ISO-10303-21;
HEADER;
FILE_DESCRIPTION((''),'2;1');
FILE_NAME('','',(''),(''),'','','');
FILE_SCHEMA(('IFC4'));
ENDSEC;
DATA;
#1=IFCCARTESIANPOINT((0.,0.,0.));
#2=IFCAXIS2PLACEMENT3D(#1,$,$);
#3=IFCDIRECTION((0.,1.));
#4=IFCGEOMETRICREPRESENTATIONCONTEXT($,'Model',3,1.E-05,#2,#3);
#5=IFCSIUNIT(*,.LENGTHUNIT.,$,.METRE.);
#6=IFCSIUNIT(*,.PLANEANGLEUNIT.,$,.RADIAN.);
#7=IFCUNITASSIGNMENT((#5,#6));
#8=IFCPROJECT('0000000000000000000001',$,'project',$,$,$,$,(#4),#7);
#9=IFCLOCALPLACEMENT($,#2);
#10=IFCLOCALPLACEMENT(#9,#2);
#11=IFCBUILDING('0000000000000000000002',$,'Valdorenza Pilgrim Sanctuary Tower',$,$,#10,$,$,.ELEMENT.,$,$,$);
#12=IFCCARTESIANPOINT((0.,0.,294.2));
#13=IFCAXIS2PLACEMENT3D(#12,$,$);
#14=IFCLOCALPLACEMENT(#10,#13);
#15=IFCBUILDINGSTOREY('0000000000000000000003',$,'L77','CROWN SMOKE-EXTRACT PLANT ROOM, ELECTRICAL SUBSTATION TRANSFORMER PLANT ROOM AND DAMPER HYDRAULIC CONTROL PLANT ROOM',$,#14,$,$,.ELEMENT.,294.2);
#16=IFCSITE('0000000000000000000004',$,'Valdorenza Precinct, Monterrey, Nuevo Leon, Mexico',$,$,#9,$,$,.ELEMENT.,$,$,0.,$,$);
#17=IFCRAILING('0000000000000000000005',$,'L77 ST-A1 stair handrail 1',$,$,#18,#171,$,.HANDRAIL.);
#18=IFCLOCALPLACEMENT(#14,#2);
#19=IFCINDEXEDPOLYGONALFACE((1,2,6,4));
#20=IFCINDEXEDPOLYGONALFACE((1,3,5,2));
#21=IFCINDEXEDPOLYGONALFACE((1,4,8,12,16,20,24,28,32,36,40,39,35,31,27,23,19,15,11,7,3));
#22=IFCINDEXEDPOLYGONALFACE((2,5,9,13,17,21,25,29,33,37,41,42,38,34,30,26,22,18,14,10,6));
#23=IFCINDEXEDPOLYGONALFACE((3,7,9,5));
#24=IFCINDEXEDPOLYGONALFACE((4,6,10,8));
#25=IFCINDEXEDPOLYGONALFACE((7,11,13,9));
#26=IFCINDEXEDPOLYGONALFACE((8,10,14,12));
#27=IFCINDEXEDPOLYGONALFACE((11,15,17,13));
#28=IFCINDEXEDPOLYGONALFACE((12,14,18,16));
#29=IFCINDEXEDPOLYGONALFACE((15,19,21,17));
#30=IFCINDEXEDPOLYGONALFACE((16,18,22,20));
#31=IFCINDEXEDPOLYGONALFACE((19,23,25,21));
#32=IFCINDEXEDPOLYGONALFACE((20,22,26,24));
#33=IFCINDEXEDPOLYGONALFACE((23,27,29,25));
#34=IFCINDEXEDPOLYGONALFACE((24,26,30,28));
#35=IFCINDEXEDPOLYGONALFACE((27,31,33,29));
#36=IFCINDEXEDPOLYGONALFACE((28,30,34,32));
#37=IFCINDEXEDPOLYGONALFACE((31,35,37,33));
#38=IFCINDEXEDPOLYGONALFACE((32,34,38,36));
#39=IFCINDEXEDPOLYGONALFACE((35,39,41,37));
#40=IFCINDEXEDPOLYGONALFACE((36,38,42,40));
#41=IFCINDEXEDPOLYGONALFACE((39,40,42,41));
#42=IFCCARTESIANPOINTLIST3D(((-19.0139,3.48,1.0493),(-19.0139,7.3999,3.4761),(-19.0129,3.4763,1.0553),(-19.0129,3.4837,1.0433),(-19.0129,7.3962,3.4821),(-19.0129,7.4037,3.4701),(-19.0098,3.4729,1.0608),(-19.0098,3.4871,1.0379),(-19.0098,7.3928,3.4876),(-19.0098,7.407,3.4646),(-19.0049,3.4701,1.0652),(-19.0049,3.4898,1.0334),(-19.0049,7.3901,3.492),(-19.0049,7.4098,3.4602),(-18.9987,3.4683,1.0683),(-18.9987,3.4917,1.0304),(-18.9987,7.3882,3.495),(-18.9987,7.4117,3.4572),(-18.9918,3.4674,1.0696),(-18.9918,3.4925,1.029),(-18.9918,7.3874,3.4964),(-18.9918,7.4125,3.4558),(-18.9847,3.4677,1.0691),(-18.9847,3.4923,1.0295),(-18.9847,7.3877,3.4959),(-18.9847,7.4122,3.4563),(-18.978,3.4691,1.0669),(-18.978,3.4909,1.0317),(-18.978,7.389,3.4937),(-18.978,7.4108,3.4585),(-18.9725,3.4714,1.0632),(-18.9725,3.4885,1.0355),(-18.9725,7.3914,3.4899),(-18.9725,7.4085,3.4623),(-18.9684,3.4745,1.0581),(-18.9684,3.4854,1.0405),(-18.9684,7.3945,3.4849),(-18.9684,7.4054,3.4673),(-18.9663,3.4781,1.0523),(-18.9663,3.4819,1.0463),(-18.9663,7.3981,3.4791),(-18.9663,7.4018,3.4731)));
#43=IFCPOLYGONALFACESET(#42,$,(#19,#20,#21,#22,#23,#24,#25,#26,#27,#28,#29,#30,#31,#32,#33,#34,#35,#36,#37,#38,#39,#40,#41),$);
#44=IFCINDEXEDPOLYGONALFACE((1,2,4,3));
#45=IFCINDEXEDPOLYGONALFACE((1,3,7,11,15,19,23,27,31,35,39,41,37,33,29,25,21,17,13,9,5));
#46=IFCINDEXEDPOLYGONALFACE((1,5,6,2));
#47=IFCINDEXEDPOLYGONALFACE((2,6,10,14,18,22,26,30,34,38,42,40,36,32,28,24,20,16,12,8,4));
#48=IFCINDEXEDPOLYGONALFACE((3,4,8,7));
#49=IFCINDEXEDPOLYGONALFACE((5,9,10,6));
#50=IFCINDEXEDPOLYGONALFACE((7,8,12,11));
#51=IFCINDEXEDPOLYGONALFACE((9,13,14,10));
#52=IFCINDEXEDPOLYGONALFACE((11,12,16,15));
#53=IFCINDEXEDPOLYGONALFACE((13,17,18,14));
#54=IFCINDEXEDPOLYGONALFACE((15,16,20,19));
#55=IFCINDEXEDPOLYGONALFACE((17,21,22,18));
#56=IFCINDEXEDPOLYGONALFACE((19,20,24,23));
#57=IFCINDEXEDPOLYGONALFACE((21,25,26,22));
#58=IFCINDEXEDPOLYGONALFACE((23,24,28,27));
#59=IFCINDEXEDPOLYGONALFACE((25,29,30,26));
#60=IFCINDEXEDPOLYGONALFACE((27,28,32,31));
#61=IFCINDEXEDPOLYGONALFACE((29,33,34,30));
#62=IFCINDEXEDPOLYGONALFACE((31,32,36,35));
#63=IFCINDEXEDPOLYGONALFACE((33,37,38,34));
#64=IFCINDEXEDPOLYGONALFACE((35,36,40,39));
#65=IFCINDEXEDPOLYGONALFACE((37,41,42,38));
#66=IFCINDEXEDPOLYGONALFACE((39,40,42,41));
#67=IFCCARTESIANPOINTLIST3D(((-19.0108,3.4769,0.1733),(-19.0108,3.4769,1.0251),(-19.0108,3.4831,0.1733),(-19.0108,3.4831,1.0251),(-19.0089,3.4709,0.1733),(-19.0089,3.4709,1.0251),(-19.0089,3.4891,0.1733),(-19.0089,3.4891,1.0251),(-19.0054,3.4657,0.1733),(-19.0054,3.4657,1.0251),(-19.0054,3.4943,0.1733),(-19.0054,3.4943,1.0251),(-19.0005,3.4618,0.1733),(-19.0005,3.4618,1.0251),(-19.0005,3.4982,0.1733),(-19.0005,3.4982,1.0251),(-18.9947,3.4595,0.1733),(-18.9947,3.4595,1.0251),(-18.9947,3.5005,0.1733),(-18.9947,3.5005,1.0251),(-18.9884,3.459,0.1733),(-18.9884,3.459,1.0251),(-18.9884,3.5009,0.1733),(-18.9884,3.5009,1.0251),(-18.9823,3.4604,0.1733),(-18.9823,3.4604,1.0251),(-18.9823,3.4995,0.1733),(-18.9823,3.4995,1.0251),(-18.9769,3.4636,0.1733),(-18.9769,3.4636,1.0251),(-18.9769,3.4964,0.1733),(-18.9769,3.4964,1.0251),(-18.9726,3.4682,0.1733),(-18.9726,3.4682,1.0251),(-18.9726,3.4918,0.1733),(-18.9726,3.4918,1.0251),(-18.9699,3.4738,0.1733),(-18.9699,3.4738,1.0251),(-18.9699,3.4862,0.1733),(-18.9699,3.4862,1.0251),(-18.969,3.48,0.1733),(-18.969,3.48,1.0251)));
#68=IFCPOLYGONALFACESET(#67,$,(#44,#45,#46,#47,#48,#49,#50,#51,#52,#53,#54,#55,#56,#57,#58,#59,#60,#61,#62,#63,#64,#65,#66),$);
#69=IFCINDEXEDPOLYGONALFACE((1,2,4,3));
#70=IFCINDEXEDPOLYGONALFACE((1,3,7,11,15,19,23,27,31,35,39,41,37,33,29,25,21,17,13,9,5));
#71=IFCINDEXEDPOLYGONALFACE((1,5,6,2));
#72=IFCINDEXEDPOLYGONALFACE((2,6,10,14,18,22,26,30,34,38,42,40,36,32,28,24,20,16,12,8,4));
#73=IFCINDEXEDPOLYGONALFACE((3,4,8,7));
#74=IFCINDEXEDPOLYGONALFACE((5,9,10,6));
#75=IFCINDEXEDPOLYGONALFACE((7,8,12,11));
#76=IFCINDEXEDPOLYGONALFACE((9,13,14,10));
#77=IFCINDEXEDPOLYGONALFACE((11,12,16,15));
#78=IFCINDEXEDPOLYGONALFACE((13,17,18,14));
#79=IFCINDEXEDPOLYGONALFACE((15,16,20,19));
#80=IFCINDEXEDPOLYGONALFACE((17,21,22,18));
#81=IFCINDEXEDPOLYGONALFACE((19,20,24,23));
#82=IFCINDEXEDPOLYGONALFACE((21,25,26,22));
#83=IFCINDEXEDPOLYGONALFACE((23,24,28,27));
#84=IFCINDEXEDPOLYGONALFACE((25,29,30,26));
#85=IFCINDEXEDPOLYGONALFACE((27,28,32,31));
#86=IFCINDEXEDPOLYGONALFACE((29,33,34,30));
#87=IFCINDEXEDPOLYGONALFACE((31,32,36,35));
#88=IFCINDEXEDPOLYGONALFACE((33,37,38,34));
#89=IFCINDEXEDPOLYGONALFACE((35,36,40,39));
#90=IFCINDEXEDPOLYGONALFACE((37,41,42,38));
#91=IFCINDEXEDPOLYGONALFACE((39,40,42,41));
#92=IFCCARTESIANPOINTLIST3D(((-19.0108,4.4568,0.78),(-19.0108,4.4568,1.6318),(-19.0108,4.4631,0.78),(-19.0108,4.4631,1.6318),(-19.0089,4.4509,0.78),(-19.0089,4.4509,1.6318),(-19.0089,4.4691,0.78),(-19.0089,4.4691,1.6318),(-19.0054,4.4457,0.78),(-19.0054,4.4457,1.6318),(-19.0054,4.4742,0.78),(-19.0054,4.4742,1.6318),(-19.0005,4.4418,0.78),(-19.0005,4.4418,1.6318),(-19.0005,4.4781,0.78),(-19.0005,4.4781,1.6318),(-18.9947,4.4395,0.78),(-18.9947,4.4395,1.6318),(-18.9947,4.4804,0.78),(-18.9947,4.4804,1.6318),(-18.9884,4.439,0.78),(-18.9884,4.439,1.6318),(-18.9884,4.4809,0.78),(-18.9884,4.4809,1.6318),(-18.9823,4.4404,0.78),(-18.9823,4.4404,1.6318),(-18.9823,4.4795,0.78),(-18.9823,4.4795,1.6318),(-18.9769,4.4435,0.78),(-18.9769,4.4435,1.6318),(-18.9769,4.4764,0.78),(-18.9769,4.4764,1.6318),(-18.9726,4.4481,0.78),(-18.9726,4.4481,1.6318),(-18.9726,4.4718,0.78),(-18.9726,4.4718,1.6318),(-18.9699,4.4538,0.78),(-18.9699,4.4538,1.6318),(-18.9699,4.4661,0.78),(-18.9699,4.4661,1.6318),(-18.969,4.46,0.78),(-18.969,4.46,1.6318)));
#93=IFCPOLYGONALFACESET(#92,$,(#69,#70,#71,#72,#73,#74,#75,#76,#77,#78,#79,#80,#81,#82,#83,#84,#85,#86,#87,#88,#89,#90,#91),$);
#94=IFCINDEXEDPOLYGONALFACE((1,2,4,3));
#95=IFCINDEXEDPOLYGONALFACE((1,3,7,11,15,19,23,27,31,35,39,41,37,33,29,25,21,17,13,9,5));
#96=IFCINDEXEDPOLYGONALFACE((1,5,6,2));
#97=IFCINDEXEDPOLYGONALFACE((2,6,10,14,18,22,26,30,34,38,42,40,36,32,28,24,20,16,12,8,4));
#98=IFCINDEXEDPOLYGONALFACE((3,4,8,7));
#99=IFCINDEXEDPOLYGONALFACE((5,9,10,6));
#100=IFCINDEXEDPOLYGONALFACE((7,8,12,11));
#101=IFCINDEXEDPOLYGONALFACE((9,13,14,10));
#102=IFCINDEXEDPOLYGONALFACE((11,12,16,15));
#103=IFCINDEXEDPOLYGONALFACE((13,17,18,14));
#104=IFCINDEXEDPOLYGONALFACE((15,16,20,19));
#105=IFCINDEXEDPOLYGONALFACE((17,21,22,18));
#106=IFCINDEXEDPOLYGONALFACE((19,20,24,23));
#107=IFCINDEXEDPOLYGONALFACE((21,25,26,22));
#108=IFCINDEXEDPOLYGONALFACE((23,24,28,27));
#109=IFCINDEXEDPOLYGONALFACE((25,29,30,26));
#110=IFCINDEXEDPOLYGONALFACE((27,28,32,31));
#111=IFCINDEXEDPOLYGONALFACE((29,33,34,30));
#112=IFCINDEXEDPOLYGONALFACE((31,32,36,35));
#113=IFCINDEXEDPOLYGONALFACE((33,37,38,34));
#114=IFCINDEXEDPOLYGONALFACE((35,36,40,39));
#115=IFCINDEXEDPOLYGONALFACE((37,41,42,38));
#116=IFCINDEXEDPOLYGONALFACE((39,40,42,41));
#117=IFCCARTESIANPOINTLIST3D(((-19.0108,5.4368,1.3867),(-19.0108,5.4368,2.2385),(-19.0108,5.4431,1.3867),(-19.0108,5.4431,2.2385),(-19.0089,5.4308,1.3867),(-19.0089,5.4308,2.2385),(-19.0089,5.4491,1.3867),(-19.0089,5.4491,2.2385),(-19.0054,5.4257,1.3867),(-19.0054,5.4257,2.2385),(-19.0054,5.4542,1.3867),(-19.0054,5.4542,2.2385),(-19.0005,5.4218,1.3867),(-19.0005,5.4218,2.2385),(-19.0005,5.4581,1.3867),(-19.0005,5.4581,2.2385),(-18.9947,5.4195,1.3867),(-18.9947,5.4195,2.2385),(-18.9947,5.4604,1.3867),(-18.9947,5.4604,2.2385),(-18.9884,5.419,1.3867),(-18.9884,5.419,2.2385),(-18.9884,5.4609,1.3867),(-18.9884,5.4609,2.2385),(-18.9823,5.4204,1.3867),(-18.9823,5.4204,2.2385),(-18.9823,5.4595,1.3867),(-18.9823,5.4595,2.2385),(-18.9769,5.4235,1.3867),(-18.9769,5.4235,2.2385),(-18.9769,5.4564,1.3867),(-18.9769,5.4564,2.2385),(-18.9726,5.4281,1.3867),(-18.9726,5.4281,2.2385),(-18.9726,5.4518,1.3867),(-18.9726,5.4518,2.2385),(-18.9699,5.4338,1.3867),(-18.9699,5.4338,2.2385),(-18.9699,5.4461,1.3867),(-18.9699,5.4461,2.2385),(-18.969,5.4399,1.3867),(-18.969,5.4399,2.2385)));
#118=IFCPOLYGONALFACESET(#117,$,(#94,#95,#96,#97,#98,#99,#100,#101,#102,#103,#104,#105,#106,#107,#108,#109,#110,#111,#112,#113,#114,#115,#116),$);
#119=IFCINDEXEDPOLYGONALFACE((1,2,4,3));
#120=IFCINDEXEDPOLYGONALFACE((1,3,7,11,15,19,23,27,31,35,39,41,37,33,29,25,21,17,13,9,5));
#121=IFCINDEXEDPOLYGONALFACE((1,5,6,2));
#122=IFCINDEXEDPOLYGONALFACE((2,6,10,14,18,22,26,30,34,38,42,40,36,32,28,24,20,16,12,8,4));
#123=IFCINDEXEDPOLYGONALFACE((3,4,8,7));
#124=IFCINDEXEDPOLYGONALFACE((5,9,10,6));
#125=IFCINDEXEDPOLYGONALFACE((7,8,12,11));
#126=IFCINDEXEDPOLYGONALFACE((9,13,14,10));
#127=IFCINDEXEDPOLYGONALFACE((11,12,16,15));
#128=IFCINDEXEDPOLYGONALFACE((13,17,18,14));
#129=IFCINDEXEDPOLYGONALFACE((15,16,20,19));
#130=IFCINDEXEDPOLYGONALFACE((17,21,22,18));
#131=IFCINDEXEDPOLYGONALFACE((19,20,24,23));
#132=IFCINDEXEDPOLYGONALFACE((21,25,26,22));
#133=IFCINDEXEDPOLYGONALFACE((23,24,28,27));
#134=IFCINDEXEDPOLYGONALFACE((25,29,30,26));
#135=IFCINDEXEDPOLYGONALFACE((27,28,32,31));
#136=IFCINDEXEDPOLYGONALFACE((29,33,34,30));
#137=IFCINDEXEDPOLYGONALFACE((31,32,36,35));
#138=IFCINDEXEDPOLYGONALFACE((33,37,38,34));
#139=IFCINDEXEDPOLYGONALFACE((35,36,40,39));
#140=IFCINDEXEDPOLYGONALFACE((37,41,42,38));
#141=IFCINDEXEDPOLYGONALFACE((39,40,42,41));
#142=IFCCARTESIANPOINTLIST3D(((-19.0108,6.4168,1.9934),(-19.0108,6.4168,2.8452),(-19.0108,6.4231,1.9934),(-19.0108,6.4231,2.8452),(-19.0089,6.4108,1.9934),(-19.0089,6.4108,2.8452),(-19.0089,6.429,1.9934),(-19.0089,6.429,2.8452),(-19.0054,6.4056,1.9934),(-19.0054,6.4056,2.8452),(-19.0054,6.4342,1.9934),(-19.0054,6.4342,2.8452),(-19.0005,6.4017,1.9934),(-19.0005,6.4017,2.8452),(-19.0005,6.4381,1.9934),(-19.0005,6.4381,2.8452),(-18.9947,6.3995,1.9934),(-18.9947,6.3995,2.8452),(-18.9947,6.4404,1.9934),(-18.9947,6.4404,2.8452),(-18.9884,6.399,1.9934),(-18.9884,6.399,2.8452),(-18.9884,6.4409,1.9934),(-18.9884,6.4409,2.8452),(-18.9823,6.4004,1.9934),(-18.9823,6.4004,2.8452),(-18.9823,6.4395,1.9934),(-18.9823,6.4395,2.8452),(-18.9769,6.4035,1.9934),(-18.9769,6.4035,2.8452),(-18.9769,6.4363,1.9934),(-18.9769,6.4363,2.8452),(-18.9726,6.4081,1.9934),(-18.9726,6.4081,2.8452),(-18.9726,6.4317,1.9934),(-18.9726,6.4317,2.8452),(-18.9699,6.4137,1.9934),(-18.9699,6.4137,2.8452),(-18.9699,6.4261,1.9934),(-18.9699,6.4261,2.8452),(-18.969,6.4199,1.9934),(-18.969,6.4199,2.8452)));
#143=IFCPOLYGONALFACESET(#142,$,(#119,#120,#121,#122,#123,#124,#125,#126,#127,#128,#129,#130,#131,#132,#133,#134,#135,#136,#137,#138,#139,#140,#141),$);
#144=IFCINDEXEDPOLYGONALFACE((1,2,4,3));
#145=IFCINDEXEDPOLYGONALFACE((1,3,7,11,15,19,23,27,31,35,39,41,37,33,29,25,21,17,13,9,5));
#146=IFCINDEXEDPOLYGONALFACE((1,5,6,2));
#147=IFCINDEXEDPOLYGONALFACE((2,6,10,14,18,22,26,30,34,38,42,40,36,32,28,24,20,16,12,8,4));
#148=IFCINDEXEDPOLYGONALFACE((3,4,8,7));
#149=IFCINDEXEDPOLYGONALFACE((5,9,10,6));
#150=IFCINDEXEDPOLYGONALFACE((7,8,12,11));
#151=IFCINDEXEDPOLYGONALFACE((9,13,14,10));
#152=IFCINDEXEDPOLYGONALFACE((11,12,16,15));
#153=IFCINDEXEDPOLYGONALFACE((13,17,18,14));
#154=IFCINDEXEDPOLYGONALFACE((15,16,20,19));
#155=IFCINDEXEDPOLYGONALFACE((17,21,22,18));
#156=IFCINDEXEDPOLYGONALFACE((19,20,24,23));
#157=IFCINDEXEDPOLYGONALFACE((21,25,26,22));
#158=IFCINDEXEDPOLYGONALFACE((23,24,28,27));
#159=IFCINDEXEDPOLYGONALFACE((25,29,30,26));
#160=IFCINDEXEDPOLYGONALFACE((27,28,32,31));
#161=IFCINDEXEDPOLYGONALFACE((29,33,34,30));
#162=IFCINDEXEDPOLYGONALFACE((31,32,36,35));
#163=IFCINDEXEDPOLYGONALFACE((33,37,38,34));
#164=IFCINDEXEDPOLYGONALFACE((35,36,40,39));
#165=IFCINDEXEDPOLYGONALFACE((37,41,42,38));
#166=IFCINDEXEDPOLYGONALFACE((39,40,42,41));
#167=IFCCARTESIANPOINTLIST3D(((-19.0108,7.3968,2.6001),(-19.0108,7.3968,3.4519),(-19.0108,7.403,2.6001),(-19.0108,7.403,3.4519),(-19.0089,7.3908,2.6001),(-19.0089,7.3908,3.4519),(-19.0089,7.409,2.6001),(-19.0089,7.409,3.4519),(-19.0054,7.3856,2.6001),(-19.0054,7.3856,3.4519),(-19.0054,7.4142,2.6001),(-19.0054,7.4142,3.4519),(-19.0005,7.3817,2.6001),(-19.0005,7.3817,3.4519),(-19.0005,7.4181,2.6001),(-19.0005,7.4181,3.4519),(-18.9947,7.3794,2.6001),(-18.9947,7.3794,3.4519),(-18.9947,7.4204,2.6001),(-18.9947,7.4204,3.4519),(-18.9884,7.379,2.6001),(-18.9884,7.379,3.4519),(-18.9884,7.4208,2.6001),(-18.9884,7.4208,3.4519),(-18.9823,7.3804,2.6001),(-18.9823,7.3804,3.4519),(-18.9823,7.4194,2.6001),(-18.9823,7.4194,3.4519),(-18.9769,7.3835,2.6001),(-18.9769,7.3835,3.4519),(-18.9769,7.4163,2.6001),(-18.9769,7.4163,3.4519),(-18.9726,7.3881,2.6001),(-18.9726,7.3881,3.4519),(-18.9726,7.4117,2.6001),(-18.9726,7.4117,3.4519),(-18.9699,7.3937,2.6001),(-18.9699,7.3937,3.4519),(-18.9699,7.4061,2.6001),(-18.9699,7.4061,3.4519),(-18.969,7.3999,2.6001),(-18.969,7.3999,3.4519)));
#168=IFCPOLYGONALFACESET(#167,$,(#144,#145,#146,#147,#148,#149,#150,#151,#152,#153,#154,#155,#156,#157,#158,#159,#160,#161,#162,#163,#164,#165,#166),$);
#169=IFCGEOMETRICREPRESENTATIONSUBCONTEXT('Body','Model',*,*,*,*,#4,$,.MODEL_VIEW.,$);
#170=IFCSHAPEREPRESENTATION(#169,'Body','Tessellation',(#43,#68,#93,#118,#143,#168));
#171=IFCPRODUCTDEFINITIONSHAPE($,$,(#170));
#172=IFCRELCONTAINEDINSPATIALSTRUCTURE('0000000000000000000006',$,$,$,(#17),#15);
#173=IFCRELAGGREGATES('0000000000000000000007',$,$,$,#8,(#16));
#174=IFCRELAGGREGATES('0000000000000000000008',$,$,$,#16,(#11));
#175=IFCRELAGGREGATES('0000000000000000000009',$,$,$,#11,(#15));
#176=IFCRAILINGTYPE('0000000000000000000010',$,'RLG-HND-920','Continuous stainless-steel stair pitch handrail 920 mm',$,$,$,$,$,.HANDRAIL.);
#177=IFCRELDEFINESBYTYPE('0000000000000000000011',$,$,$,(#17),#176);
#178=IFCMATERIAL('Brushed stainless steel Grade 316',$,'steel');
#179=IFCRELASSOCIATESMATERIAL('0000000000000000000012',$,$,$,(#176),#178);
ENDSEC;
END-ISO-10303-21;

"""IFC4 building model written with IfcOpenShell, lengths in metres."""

from ifc_helpers import new_model, si_unit, direction, frame, origin, origin_2d, place, context, subcontext, project, spatial, circle, extrude, material, type_object, element, save


model = new_model("IFC4")

# Units and contexts
model_context = context("Model", 3, precision=1e-05, world=origin(), true_north=direction((0.0, 1.0)))
body_context = subcontext(model_context, "Body", "Model", "MODEL_VIEW")
ifc_project = project(units=[si_unit("LENGTHUNIT", "METRE"), si_unit("PLANEANGLEUNIT", "RADIAN")], contexts=[model_context])

# Site, building, storey
site_placement = place(None, origin())
site = spatial("IfcSite", under=ifc_project, at=site_placement, Name="Valdorenza Precinct, Monterrey, Nuevo Leon, Mexico", CompositionType="ELEMENT", RefElevation=0.0)
building_placement = place(site_placement, origin())
building = spatial("IfcBuilding", under=site, at=building_placement, Name="Valdorenza Pilgrim Sanctuary Tower", CompositionType="ELEMENT")
storey_placement = place(building_placement, frame((0.0, 0.0, 294.2)))
storey = spatial("IfcBuildingStorey", under=building, at=storey_placement, Name="L77", Description="CROWN SMOKE-EXTRACT PLANT ROOM, ELECTRICAL SUBSTATION TRANSFORMER PLANT ROOM AND DAMPER HYDRAULIC CONTROL PLANT ROOM", CompositionType="ELEMENT", Elevation=294.2)

# Shared definitions
ifc_material_1 = material(Name="Brushed stainless steel Grade 316", Category="steel")

# Railing
railing_type_1 = type_object("IfcRailingType", Name="RLG-HND-920", Description="Continuous stainless-steel stair pitch handrail 920 mm", PredefinedType="HANDRAIL", material=ifc_material_1)
railing_1_placement = place(storey_placement, frame((-18.99, 3.48, 0.1733)))
element("IfcRailing", 1, at=railing_1_placement, inside=storey, type_object=railing_type_1, Name="L77 ST-A1 stair handrail 1", PredefinedType="HANDRAIL", context=body_context, shape_type="SweptSolid", body=[
    extrude(circle(Radius=0.0239, at=origin_2d()), frame((0.0, 0.0, 0.876), z_axis=(0.0, 0.850252, 0.526376), x_axis=(-1.0, 0.0, 0.0)), (0.0, 0.0, 1.0), 4.6104),
    extrude(circle(Radius=0.021, at=origin_2d()), origin(), (0.0, 0.0, 1.0), 0.8518),
    extrude(circle(Radius=0.021, at=origin_2d()), frame((0.0, 0.98, 0.6067)), (0.0, 0.0, 1.0), 0.8518),
    extrude(circle(Radius=0.021, at=origin_2d()), frame((0.0, 1.96, 1.2134)), (0.0, 0.0, 1.0), 0.8518),
    extrude(circle(Radius=0.021, at=origin_2d()), frame((0.0, 2.9399, 1.8201)), (0.0, 0.0, 1.0), 0.8518),
    extrude(circle(Radius=0.021, at=origin_2d()), frame((0.0, 3.9199, 2.4268)), (0.0, 0.0, 1.0), 0.8518),
])

save(model, "model.ifc")
